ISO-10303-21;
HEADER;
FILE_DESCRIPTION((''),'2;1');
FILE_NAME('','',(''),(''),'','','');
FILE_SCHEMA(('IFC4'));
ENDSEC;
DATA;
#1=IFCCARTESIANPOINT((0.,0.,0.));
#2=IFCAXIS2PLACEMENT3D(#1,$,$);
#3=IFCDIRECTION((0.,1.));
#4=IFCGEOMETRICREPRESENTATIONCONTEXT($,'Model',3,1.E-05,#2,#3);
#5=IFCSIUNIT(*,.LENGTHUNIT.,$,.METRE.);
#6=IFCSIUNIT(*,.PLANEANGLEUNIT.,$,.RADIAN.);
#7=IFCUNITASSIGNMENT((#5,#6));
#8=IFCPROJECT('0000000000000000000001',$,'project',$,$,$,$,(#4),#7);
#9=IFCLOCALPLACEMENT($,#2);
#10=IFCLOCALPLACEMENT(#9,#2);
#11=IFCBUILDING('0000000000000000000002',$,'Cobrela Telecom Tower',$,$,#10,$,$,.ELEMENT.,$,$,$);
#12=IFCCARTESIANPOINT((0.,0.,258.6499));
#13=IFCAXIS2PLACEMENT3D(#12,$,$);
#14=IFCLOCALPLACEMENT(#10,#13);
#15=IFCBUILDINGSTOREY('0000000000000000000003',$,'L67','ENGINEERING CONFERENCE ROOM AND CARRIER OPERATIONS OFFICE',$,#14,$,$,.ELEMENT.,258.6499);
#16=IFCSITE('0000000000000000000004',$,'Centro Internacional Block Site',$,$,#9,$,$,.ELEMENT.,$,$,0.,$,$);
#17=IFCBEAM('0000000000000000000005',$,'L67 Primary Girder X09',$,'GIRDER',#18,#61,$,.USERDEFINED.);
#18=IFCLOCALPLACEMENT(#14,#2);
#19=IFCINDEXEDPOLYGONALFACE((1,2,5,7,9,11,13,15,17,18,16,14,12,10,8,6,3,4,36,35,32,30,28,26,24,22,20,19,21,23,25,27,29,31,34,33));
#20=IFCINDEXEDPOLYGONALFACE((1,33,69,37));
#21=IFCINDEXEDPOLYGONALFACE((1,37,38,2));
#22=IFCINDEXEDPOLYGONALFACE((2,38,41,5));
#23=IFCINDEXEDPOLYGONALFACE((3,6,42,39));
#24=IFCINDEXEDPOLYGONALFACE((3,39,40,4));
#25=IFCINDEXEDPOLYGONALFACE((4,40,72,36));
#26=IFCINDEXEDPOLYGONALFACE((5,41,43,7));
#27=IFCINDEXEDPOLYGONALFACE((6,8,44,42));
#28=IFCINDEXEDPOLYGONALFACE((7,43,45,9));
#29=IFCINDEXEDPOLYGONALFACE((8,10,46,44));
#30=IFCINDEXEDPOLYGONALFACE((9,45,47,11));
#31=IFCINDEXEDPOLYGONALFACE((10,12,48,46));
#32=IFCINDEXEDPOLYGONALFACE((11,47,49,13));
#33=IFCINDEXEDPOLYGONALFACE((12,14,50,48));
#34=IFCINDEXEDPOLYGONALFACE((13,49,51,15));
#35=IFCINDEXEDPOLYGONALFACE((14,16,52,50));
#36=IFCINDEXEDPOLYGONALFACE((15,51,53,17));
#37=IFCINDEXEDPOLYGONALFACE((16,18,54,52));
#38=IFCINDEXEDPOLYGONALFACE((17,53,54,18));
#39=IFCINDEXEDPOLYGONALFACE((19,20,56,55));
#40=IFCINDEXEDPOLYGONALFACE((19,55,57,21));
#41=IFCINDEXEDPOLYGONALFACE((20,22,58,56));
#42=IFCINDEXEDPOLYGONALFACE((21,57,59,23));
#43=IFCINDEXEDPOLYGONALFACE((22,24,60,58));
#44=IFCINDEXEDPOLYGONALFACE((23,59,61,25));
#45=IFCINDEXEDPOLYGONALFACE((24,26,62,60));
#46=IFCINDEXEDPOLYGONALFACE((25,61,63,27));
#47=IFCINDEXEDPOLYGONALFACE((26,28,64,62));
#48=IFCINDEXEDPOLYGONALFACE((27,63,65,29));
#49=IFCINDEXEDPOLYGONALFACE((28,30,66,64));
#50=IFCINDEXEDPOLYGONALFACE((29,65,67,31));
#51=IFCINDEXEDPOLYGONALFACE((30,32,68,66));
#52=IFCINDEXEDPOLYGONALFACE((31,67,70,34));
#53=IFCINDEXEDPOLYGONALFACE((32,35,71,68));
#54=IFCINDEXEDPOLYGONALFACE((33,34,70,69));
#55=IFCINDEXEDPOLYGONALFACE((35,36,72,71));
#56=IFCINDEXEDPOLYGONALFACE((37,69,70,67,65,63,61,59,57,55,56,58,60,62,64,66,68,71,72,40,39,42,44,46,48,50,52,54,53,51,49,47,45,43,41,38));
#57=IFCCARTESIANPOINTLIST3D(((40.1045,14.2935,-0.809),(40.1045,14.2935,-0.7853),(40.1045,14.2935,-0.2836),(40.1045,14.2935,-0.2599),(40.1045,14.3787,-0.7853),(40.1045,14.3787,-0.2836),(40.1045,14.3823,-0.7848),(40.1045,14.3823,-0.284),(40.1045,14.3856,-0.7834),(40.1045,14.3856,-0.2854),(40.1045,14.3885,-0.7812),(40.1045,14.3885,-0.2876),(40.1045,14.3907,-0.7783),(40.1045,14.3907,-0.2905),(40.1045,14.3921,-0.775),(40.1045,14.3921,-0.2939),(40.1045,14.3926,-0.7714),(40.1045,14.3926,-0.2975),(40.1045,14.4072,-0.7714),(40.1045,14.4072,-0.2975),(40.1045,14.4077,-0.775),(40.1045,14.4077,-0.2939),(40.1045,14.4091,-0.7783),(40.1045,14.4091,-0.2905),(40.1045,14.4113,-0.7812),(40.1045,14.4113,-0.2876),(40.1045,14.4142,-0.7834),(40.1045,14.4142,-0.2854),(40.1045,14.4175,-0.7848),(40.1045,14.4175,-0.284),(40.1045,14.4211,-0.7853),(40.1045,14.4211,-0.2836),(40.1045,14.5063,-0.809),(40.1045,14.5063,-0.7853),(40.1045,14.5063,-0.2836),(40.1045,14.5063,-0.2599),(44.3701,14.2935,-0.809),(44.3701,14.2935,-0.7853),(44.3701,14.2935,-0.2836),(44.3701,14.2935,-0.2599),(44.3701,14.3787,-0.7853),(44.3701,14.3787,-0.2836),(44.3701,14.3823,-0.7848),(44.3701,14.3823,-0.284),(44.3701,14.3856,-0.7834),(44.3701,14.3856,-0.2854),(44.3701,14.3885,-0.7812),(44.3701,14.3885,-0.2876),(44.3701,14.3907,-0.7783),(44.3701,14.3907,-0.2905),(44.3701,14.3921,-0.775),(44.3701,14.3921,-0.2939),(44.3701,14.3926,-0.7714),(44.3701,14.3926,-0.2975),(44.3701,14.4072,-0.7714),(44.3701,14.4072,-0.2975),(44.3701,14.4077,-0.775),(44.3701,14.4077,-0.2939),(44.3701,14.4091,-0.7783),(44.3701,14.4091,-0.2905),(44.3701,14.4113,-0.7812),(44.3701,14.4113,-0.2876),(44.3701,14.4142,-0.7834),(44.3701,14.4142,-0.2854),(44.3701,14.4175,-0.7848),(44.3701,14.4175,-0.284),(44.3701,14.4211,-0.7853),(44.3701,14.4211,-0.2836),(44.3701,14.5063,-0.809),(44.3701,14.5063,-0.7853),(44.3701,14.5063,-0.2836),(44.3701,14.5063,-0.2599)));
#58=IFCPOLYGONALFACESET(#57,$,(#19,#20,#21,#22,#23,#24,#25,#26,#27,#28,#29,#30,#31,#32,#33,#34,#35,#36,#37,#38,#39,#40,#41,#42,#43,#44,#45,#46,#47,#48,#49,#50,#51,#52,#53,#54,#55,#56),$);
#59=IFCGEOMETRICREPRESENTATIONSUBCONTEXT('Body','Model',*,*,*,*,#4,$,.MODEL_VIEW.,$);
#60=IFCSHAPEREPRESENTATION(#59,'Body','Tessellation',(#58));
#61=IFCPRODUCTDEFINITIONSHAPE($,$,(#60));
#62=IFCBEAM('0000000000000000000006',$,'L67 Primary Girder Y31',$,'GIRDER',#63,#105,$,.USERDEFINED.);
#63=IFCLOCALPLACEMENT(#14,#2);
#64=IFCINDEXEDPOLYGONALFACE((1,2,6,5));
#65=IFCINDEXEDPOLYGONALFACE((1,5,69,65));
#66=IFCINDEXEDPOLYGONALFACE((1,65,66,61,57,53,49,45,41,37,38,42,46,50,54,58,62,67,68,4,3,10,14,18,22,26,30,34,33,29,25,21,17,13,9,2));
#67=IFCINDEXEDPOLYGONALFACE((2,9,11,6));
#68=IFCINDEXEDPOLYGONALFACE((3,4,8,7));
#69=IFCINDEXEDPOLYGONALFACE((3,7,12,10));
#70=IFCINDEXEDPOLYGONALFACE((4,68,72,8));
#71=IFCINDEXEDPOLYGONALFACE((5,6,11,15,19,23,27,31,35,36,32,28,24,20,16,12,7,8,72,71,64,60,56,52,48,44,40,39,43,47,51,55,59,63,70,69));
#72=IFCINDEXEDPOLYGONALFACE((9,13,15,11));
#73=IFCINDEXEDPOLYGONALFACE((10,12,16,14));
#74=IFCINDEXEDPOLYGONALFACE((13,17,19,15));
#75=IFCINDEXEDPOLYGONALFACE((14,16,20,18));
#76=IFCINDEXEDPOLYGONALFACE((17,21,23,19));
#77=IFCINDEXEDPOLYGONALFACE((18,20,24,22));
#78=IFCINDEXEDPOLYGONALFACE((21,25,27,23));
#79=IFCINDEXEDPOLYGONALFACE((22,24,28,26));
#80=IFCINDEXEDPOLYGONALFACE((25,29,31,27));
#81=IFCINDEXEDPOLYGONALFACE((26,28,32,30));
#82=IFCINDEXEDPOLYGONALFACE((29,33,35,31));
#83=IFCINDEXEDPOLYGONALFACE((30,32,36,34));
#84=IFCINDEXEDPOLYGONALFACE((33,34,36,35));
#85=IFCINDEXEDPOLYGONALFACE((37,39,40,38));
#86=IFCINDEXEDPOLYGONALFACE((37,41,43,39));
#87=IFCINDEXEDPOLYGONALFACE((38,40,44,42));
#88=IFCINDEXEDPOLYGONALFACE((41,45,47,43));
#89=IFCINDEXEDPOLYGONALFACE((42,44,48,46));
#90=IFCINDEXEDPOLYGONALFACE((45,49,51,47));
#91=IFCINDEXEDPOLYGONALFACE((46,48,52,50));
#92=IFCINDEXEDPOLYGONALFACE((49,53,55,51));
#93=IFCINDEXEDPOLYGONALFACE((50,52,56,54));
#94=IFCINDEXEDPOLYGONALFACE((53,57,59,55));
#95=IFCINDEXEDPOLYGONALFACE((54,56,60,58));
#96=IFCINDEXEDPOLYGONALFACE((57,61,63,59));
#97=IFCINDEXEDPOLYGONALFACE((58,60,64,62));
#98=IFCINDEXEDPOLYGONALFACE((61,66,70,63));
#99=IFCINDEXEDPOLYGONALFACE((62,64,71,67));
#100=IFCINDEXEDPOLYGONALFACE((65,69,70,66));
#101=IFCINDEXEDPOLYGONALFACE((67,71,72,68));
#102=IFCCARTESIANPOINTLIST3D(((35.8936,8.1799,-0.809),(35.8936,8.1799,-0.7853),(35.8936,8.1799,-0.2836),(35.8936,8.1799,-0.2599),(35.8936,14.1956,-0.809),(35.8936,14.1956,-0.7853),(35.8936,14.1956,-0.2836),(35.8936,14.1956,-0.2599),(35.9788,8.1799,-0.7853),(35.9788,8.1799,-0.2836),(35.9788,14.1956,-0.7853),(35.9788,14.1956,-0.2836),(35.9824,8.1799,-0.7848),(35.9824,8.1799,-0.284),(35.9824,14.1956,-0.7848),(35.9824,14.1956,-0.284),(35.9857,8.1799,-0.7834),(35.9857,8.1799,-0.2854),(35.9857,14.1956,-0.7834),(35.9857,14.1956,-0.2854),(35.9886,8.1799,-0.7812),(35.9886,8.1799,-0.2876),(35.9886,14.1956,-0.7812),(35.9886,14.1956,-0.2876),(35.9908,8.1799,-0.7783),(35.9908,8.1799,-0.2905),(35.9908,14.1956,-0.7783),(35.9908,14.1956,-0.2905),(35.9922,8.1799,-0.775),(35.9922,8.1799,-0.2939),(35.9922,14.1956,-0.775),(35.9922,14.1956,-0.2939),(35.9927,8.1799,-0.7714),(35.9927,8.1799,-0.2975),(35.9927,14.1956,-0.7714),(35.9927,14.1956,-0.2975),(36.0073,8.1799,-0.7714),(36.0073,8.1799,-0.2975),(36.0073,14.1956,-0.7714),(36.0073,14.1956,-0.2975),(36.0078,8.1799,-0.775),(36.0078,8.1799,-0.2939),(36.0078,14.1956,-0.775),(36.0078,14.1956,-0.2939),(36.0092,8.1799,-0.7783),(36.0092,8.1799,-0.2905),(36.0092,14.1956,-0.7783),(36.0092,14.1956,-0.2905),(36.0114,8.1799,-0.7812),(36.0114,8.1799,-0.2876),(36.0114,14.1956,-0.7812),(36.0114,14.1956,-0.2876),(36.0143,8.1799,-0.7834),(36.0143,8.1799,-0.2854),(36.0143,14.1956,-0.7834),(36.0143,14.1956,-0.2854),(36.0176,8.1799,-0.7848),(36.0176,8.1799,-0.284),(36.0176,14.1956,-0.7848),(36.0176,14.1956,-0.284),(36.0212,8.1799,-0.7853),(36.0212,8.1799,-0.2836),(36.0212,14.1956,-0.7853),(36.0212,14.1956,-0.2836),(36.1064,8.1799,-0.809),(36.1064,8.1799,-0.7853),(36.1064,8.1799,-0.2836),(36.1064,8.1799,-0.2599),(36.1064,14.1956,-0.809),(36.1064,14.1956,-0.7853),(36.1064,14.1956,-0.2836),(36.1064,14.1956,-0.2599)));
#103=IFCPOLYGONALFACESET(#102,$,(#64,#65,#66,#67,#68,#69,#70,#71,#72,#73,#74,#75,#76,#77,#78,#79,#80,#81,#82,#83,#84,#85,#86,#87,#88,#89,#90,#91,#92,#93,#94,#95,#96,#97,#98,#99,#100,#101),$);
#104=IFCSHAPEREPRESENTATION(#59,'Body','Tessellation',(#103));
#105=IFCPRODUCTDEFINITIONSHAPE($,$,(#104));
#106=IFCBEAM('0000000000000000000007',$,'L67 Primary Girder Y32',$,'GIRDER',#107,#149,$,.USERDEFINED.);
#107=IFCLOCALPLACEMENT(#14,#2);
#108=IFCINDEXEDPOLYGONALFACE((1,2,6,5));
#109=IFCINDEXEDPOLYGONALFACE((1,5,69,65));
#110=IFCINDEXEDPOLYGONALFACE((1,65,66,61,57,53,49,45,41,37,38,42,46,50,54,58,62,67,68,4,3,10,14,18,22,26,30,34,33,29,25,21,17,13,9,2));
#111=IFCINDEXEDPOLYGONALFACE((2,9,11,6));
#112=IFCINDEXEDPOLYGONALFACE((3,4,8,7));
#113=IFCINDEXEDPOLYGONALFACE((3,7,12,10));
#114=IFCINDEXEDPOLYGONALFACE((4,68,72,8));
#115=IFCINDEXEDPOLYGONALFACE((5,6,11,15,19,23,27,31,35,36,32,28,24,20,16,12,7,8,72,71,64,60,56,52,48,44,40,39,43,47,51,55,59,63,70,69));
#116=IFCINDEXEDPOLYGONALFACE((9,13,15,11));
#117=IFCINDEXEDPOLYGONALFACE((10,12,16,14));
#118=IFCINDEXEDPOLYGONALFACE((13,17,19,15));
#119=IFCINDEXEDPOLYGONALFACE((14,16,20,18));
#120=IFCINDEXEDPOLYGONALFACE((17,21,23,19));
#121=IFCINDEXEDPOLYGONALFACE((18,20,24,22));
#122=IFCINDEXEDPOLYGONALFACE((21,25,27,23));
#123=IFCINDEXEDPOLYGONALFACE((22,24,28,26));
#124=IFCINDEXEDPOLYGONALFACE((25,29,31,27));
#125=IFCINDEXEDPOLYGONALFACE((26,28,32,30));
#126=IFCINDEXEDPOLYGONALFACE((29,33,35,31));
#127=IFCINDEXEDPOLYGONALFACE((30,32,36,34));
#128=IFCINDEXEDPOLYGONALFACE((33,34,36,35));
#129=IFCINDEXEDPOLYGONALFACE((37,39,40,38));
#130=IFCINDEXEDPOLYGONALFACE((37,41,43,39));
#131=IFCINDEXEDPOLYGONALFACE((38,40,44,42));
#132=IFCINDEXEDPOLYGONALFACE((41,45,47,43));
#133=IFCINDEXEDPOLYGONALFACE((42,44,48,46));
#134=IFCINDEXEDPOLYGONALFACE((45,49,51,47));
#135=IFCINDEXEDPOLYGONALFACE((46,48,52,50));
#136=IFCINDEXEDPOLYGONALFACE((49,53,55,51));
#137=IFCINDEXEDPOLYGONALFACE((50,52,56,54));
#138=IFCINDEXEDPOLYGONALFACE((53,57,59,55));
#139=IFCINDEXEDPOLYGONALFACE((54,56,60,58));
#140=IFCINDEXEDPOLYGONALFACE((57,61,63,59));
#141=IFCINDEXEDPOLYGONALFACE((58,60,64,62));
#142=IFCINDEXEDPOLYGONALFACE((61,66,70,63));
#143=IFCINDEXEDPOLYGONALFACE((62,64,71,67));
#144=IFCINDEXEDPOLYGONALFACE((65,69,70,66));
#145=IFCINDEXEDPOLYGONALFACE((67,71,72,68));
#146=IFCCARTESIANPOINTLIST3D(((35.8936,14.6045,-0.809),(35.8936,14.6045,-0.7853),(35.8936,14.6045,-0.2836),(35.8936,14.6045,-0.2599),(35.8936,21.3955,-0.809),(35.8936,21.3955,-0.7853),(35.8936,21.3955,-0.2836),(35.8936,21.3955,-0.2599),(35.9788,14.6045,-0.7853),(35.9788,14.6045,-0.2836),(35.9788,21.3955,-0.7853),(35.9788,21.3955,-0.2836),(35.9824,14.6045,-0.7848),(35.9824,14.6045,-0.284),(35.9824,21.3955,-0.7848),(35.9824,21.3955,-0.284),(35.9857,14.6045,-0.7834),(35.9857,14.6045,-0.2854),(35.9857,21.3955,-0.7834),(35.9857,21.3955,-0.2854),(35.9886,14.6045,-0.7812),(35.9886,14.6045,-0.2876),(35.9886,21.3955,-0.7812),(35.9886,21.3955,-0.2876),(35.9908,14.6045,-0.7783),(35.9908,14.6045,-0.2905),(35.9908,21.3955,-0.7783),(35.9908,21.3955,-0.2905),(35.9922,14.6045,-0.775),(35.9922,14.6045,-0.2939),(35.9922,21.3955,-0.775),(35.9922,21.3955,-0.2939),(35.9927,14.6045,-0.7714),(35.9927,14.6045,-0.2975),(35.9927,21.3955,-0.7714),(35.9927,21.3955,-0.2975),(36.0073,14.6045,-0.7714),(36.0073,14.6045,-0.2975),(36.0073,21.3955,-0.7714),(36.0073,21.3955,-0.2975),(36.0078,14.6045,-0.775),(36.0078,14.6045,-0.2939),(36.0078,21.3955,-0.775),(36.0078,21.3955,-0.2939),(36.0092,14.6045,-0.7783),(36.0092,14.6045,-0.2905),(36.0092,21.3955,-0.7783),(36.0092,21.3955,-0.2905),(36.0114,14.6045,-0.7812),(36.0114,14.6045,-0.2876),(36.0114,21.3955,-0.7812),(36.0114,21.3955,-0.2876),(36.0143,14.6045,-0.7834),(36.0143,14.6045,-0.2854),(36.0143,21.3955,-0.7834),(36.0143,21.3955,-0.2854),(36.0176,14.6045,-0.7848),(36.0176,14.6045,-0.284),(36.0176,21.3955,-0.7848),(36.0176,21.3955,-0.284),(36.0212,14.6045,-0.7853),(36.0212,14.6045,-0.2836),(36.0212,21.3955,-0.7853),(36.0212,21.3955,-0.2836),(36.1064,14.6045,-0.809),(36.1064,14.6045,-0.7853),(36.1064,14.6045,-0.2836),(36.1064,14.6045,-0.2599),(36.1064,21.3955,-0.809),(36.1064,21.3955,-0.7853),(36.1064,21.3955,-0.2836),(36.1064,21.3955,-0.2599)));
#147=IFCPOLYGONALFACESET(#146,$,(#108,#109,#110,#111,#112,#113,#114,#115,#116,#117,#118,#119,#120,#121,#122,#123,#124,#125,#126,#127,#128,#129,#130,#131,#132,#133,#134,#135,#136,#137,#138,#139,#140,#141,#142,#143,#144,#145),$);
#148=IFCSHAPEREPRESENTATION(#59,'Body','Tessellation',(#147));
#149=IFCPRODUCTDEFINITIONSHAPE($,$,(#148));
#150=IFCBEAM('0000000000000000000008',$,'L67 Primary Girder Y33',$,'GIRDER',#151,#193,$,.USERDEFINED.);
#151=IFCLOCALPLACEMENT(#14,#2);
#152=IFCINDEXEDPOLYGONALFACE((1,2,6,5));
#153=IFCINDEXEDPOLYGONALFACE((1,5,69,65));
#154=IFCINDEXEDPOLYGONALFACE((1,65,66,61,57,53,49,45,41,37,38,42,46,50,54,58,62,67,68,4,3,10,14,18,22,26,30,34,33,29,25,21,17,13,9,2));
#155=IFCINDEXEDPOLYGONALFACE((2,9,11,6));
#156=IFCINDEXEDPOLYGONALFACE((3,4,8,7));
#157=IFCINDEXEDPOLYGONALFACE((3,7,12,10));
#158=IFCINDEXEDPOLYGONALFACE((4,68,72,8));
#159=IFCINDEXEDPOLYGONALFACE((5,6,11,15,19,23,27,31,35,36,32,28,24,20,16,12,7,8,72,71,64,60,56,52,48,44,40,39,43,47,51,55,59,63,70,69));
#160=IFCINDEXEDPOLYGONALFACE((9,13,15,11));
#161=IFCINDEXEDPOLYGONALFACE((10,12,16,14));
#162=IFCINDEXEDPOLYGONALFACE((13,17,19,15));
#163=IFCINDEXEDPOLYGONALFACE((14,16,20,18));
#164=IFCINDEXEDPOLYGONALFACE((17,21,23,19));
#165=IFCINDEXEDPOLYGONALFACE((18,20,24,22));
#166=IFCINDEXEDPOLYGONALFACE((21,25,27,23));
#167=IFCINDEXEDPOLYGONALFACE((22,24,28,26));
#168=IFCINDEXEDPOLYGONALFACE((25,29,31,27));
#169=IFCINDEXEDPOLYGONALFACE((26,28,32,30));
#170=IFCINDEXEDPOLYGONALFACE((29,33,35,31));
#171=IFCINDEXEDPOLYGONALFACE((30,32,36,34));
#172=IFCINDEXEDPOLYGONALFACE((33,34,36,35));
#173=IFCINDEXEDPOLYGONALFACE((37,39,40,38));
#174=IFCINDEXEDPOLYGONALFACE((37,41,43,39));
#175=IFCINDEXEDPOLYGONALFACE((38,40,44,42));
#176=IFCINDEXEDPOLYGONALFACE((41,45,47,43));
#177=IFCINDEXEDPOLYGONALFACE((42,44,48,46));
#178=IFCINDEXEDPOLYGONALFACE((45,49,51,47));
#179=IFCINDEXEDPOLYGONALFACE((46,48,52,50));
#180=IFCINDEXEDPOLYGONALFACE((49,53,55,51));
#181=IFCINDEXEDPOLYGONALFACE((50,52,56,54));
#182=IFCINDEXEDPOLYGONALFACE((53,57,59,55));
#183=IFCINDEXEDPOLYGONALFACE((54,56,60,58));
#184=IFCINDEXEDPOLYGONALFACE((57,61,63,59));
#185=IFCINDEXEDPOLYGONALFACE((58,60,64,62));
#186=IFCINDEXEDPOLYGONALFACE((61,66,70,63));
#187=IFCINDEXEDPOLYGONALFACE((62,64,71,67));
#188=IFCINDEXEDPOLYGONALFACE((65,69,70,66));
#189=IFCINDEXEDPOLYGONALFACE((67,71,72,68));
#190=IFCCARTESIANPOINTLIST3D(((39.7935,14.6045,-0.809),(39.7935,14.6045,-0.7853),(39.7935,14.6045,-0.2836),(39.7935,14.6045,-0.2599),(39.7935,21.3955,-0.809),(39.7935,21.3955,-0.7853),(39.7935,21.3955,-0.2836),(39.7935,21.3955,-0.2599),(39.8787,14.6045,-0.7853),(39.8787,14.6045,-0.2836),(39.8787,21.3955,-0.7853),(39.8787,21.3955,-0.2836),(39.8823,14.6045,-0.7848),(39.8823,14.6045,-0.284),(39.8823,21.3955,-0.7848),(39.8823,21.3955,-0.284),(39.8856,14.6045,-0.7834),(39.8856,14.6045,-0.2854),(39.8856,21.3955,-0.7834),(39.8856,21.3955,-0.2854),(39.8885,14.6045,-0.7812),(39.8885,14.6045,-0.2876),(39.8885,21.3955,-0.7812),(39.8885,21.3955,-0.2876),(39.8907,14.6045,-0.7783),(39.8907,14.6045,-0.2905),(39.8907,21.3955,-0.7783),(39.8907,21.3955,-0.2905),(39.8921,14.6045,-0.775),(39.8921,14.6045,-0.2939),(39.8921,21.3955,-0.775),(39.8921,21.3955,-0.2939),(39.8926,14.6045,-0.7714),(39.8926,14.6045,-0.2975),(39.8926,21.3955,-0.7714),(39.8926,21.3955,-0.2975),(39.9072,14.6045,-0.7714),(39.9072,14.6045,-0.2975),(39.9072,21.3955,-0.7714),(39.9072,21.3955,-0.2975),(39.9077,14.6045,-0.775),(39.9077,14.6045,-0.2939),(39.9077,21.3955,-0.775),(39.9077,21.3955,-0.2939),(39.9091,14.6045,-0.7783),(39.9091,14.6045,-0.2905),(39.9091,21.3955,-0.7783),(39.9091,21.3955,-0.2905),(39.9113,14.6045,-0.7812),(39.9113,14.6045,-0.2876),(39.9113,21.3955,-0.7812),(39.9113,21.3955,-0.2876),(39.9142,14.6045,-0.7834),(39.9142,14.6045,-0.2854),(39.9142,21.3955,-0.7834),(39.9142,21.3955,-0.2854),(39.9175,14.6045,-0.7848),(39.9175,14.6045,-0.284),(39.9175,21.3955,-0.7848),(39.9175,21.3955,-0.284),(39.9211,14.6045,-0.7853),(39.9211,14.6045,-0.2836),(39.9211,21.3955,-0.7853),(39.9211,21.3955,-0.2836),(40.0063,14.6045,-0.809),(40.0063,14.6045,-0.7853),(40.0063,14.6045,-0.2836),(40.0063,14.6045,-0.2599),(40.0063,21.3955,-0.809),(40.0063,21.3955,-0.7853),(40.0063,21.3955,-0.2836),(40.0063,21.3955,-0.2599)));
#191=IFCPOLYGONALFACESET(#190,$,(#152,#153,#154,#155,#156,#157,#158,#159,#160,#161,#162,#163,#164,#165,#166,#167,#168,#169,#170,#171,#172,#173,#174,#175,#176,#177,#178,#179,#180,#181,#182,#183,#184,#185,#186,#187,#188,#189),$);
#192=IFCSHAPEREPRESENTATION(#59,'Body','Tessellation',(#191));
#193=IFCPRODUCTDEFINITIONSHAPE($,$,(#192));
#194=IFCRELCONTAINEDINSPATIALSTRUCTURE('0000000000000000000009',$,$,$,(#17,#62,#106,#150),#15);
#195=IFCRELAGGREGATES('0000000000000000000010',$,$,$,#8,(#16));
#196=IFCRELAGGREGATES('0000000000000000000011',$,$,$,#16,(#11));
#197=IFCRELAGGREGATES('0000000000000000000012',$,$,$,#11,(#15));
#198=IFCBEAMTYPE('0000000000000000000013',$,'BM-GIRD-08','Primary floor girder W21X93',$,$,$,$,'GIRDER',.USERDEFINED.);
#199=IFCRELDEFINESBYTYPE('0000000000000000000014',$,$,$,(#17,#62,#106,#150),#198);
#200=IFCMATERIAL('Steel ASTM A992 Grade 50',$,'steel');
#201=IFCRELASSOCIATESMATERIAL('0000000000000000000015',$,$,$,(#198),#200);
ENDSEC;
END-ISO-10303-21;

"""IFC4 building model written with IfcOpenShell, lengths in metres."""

from ifc_helpers import new_model, si_unit, direction, frame, origin, origin_2d, place, context, subcontext, project, spatial, i_section, extrude, material, material_profile, profile_set, type_object, element, save


model = new_model("IFC4")

# Units and contexts
model_context = context("Model", 3, precision=1e-05, world=origin(), true_north=direction((0.0, 1.0)))
body_context = subcontext(model_context, "Body", "Model", "MODEL_VIEW")
ifc_project = project(units=[si_unit("LENGTHUNIT", "METRE"), si_unit("PLANEANGLEUNIT", "RADIAN")], contexts=[model_context])

# Site, building, storey
site_placement = place(None, origin())
site = spatial("IfcSite", under=ifc_project, at=site_placement, Name="Centro Internacional Block Site", CompositionType="ELEMENT", RefElevation=0.0)
building_placement = place(site_placement, origin())
building = spatial("IfcBuilding", under=site, at=building_placement, Name="Cobrela Telecom Tower", CompositionType="ELEMENT")
storey_placement = place(building_placement, frame((0.0, 0.0, 258.6499)))
storey = spatial("IfcBuildingStorey", under=building, at=storey_placement, Name="L67", Description="ENGINEERING CONFERENCE ROOM AND CARRIER OPERATIONS OFFICE", CompositionType="ELEMENT", Elevation=258.6499)

# Shared definitions
ifc_material_1 = material(Name="Steel ASTM A992 Grade 50", Category="steel")

# Beams
ifc_material_profile_1 = material_profile(ifc_material_1, i_section(OverallWidth=0.2129, OverallDepth=0.5491, WebThickness=0.0146, FlangeThickness=0.0237, FilletRadius=0.0139, at=origin_2d()), Name="W21X93")
ifc_profile_set_1 = profile_set([ifc_material_profile_1], Name="Steel ASTM A992 Grade 50")
beam_type_1 = type_object("IfcBeamType", Name="BM-GIRD-08", Description="Primary floor girder W21X93", ElementType="GIRDER", PredefinedType="USERDEFINED", material=ifc_profile_set_1)
beam_1_placement = place(storey_placement, frame((40.1045, 14.3999, -0.5344), z_axis=(1.0, 0.0, 0.0), x_axis=(0.0, 1.0, 0.0)))
element("IfcBeam", 1, at=beam_1_placement, inside=storey, type_object=beam_type_1, Name="L67 Primary Girder X09", ObjectType="GIRDER", PredefinedType="USERDEFINED", context=body_context, shape_type="SweptSolid", body=[
    extrude(i_section(OverallWidth=0.2129, OverallDepth=0.5491, WebThickness=0.0146, FlangeThickness=0.0237, FilletRadius=0.0139, at=origin_2d()), origin(), (0.0, 0.0, 1.0), 4.2656),
])
beam_2_placement = place(storey_placement, frame((36.0, 8.1799, -0.5344), z_axis=(0.0, 1.0, 0.0), x_axis=(-1.0, 0.0, 0.0)))
element("IfcBeam", 2, at=beam_2_placement, inside=storey, type_object=beam_type_1, Name="L67 Primary Girder Y31", ObjectType="GIRDER", PredefinedType="USERDEFINED", context=body_context, shape_type="SweptSolid", body=[
    extrude(i_section(OverallWidth=0.2129, OverallDepth=0.5491, WebThickness=0.0146, FlangeThickness=0.0237, FilletRadius=0.0139, at=origin_2d()), origin(), (0.0, 0.0, 1.0), 6.0156),
])
for number, where, z_axis, x_axis, name in (
    (3, (36.0, 14.6045, -0.5344), (0.0, 1.0, 0.0), (-1.0, 0.0, 0.0), "L67 Primary Girder Y32"),
    (4, (39.8999, 14.6045, -0.5344), (0.0, 1.0, 0.0), (-1.0, 0.0, 0.0), "L67 Primary Girder Y33"),
):
    element("IfcBeam", number, at=place(storey_placement, frame(where, z_axis=z_axis, x_axis=x_axis)), inside=storey, type_object=beam_type_1, Name=name, ObjectType="GIRDER", PredefinedType="USERDEFINED", context=body_context, shape_type="SweptSolid", body=[
        extrude(i_section(OverallWidth=0.2129, OverallDepth=0.5491, WebThickness=0.0146, FlangeThickness=0.0237, FilletRadius=0.0139, at=origin_2d()), origin(), (0.0, 0.0, 1.0), 6.791),
    ])

save(model, "model.ifc")
